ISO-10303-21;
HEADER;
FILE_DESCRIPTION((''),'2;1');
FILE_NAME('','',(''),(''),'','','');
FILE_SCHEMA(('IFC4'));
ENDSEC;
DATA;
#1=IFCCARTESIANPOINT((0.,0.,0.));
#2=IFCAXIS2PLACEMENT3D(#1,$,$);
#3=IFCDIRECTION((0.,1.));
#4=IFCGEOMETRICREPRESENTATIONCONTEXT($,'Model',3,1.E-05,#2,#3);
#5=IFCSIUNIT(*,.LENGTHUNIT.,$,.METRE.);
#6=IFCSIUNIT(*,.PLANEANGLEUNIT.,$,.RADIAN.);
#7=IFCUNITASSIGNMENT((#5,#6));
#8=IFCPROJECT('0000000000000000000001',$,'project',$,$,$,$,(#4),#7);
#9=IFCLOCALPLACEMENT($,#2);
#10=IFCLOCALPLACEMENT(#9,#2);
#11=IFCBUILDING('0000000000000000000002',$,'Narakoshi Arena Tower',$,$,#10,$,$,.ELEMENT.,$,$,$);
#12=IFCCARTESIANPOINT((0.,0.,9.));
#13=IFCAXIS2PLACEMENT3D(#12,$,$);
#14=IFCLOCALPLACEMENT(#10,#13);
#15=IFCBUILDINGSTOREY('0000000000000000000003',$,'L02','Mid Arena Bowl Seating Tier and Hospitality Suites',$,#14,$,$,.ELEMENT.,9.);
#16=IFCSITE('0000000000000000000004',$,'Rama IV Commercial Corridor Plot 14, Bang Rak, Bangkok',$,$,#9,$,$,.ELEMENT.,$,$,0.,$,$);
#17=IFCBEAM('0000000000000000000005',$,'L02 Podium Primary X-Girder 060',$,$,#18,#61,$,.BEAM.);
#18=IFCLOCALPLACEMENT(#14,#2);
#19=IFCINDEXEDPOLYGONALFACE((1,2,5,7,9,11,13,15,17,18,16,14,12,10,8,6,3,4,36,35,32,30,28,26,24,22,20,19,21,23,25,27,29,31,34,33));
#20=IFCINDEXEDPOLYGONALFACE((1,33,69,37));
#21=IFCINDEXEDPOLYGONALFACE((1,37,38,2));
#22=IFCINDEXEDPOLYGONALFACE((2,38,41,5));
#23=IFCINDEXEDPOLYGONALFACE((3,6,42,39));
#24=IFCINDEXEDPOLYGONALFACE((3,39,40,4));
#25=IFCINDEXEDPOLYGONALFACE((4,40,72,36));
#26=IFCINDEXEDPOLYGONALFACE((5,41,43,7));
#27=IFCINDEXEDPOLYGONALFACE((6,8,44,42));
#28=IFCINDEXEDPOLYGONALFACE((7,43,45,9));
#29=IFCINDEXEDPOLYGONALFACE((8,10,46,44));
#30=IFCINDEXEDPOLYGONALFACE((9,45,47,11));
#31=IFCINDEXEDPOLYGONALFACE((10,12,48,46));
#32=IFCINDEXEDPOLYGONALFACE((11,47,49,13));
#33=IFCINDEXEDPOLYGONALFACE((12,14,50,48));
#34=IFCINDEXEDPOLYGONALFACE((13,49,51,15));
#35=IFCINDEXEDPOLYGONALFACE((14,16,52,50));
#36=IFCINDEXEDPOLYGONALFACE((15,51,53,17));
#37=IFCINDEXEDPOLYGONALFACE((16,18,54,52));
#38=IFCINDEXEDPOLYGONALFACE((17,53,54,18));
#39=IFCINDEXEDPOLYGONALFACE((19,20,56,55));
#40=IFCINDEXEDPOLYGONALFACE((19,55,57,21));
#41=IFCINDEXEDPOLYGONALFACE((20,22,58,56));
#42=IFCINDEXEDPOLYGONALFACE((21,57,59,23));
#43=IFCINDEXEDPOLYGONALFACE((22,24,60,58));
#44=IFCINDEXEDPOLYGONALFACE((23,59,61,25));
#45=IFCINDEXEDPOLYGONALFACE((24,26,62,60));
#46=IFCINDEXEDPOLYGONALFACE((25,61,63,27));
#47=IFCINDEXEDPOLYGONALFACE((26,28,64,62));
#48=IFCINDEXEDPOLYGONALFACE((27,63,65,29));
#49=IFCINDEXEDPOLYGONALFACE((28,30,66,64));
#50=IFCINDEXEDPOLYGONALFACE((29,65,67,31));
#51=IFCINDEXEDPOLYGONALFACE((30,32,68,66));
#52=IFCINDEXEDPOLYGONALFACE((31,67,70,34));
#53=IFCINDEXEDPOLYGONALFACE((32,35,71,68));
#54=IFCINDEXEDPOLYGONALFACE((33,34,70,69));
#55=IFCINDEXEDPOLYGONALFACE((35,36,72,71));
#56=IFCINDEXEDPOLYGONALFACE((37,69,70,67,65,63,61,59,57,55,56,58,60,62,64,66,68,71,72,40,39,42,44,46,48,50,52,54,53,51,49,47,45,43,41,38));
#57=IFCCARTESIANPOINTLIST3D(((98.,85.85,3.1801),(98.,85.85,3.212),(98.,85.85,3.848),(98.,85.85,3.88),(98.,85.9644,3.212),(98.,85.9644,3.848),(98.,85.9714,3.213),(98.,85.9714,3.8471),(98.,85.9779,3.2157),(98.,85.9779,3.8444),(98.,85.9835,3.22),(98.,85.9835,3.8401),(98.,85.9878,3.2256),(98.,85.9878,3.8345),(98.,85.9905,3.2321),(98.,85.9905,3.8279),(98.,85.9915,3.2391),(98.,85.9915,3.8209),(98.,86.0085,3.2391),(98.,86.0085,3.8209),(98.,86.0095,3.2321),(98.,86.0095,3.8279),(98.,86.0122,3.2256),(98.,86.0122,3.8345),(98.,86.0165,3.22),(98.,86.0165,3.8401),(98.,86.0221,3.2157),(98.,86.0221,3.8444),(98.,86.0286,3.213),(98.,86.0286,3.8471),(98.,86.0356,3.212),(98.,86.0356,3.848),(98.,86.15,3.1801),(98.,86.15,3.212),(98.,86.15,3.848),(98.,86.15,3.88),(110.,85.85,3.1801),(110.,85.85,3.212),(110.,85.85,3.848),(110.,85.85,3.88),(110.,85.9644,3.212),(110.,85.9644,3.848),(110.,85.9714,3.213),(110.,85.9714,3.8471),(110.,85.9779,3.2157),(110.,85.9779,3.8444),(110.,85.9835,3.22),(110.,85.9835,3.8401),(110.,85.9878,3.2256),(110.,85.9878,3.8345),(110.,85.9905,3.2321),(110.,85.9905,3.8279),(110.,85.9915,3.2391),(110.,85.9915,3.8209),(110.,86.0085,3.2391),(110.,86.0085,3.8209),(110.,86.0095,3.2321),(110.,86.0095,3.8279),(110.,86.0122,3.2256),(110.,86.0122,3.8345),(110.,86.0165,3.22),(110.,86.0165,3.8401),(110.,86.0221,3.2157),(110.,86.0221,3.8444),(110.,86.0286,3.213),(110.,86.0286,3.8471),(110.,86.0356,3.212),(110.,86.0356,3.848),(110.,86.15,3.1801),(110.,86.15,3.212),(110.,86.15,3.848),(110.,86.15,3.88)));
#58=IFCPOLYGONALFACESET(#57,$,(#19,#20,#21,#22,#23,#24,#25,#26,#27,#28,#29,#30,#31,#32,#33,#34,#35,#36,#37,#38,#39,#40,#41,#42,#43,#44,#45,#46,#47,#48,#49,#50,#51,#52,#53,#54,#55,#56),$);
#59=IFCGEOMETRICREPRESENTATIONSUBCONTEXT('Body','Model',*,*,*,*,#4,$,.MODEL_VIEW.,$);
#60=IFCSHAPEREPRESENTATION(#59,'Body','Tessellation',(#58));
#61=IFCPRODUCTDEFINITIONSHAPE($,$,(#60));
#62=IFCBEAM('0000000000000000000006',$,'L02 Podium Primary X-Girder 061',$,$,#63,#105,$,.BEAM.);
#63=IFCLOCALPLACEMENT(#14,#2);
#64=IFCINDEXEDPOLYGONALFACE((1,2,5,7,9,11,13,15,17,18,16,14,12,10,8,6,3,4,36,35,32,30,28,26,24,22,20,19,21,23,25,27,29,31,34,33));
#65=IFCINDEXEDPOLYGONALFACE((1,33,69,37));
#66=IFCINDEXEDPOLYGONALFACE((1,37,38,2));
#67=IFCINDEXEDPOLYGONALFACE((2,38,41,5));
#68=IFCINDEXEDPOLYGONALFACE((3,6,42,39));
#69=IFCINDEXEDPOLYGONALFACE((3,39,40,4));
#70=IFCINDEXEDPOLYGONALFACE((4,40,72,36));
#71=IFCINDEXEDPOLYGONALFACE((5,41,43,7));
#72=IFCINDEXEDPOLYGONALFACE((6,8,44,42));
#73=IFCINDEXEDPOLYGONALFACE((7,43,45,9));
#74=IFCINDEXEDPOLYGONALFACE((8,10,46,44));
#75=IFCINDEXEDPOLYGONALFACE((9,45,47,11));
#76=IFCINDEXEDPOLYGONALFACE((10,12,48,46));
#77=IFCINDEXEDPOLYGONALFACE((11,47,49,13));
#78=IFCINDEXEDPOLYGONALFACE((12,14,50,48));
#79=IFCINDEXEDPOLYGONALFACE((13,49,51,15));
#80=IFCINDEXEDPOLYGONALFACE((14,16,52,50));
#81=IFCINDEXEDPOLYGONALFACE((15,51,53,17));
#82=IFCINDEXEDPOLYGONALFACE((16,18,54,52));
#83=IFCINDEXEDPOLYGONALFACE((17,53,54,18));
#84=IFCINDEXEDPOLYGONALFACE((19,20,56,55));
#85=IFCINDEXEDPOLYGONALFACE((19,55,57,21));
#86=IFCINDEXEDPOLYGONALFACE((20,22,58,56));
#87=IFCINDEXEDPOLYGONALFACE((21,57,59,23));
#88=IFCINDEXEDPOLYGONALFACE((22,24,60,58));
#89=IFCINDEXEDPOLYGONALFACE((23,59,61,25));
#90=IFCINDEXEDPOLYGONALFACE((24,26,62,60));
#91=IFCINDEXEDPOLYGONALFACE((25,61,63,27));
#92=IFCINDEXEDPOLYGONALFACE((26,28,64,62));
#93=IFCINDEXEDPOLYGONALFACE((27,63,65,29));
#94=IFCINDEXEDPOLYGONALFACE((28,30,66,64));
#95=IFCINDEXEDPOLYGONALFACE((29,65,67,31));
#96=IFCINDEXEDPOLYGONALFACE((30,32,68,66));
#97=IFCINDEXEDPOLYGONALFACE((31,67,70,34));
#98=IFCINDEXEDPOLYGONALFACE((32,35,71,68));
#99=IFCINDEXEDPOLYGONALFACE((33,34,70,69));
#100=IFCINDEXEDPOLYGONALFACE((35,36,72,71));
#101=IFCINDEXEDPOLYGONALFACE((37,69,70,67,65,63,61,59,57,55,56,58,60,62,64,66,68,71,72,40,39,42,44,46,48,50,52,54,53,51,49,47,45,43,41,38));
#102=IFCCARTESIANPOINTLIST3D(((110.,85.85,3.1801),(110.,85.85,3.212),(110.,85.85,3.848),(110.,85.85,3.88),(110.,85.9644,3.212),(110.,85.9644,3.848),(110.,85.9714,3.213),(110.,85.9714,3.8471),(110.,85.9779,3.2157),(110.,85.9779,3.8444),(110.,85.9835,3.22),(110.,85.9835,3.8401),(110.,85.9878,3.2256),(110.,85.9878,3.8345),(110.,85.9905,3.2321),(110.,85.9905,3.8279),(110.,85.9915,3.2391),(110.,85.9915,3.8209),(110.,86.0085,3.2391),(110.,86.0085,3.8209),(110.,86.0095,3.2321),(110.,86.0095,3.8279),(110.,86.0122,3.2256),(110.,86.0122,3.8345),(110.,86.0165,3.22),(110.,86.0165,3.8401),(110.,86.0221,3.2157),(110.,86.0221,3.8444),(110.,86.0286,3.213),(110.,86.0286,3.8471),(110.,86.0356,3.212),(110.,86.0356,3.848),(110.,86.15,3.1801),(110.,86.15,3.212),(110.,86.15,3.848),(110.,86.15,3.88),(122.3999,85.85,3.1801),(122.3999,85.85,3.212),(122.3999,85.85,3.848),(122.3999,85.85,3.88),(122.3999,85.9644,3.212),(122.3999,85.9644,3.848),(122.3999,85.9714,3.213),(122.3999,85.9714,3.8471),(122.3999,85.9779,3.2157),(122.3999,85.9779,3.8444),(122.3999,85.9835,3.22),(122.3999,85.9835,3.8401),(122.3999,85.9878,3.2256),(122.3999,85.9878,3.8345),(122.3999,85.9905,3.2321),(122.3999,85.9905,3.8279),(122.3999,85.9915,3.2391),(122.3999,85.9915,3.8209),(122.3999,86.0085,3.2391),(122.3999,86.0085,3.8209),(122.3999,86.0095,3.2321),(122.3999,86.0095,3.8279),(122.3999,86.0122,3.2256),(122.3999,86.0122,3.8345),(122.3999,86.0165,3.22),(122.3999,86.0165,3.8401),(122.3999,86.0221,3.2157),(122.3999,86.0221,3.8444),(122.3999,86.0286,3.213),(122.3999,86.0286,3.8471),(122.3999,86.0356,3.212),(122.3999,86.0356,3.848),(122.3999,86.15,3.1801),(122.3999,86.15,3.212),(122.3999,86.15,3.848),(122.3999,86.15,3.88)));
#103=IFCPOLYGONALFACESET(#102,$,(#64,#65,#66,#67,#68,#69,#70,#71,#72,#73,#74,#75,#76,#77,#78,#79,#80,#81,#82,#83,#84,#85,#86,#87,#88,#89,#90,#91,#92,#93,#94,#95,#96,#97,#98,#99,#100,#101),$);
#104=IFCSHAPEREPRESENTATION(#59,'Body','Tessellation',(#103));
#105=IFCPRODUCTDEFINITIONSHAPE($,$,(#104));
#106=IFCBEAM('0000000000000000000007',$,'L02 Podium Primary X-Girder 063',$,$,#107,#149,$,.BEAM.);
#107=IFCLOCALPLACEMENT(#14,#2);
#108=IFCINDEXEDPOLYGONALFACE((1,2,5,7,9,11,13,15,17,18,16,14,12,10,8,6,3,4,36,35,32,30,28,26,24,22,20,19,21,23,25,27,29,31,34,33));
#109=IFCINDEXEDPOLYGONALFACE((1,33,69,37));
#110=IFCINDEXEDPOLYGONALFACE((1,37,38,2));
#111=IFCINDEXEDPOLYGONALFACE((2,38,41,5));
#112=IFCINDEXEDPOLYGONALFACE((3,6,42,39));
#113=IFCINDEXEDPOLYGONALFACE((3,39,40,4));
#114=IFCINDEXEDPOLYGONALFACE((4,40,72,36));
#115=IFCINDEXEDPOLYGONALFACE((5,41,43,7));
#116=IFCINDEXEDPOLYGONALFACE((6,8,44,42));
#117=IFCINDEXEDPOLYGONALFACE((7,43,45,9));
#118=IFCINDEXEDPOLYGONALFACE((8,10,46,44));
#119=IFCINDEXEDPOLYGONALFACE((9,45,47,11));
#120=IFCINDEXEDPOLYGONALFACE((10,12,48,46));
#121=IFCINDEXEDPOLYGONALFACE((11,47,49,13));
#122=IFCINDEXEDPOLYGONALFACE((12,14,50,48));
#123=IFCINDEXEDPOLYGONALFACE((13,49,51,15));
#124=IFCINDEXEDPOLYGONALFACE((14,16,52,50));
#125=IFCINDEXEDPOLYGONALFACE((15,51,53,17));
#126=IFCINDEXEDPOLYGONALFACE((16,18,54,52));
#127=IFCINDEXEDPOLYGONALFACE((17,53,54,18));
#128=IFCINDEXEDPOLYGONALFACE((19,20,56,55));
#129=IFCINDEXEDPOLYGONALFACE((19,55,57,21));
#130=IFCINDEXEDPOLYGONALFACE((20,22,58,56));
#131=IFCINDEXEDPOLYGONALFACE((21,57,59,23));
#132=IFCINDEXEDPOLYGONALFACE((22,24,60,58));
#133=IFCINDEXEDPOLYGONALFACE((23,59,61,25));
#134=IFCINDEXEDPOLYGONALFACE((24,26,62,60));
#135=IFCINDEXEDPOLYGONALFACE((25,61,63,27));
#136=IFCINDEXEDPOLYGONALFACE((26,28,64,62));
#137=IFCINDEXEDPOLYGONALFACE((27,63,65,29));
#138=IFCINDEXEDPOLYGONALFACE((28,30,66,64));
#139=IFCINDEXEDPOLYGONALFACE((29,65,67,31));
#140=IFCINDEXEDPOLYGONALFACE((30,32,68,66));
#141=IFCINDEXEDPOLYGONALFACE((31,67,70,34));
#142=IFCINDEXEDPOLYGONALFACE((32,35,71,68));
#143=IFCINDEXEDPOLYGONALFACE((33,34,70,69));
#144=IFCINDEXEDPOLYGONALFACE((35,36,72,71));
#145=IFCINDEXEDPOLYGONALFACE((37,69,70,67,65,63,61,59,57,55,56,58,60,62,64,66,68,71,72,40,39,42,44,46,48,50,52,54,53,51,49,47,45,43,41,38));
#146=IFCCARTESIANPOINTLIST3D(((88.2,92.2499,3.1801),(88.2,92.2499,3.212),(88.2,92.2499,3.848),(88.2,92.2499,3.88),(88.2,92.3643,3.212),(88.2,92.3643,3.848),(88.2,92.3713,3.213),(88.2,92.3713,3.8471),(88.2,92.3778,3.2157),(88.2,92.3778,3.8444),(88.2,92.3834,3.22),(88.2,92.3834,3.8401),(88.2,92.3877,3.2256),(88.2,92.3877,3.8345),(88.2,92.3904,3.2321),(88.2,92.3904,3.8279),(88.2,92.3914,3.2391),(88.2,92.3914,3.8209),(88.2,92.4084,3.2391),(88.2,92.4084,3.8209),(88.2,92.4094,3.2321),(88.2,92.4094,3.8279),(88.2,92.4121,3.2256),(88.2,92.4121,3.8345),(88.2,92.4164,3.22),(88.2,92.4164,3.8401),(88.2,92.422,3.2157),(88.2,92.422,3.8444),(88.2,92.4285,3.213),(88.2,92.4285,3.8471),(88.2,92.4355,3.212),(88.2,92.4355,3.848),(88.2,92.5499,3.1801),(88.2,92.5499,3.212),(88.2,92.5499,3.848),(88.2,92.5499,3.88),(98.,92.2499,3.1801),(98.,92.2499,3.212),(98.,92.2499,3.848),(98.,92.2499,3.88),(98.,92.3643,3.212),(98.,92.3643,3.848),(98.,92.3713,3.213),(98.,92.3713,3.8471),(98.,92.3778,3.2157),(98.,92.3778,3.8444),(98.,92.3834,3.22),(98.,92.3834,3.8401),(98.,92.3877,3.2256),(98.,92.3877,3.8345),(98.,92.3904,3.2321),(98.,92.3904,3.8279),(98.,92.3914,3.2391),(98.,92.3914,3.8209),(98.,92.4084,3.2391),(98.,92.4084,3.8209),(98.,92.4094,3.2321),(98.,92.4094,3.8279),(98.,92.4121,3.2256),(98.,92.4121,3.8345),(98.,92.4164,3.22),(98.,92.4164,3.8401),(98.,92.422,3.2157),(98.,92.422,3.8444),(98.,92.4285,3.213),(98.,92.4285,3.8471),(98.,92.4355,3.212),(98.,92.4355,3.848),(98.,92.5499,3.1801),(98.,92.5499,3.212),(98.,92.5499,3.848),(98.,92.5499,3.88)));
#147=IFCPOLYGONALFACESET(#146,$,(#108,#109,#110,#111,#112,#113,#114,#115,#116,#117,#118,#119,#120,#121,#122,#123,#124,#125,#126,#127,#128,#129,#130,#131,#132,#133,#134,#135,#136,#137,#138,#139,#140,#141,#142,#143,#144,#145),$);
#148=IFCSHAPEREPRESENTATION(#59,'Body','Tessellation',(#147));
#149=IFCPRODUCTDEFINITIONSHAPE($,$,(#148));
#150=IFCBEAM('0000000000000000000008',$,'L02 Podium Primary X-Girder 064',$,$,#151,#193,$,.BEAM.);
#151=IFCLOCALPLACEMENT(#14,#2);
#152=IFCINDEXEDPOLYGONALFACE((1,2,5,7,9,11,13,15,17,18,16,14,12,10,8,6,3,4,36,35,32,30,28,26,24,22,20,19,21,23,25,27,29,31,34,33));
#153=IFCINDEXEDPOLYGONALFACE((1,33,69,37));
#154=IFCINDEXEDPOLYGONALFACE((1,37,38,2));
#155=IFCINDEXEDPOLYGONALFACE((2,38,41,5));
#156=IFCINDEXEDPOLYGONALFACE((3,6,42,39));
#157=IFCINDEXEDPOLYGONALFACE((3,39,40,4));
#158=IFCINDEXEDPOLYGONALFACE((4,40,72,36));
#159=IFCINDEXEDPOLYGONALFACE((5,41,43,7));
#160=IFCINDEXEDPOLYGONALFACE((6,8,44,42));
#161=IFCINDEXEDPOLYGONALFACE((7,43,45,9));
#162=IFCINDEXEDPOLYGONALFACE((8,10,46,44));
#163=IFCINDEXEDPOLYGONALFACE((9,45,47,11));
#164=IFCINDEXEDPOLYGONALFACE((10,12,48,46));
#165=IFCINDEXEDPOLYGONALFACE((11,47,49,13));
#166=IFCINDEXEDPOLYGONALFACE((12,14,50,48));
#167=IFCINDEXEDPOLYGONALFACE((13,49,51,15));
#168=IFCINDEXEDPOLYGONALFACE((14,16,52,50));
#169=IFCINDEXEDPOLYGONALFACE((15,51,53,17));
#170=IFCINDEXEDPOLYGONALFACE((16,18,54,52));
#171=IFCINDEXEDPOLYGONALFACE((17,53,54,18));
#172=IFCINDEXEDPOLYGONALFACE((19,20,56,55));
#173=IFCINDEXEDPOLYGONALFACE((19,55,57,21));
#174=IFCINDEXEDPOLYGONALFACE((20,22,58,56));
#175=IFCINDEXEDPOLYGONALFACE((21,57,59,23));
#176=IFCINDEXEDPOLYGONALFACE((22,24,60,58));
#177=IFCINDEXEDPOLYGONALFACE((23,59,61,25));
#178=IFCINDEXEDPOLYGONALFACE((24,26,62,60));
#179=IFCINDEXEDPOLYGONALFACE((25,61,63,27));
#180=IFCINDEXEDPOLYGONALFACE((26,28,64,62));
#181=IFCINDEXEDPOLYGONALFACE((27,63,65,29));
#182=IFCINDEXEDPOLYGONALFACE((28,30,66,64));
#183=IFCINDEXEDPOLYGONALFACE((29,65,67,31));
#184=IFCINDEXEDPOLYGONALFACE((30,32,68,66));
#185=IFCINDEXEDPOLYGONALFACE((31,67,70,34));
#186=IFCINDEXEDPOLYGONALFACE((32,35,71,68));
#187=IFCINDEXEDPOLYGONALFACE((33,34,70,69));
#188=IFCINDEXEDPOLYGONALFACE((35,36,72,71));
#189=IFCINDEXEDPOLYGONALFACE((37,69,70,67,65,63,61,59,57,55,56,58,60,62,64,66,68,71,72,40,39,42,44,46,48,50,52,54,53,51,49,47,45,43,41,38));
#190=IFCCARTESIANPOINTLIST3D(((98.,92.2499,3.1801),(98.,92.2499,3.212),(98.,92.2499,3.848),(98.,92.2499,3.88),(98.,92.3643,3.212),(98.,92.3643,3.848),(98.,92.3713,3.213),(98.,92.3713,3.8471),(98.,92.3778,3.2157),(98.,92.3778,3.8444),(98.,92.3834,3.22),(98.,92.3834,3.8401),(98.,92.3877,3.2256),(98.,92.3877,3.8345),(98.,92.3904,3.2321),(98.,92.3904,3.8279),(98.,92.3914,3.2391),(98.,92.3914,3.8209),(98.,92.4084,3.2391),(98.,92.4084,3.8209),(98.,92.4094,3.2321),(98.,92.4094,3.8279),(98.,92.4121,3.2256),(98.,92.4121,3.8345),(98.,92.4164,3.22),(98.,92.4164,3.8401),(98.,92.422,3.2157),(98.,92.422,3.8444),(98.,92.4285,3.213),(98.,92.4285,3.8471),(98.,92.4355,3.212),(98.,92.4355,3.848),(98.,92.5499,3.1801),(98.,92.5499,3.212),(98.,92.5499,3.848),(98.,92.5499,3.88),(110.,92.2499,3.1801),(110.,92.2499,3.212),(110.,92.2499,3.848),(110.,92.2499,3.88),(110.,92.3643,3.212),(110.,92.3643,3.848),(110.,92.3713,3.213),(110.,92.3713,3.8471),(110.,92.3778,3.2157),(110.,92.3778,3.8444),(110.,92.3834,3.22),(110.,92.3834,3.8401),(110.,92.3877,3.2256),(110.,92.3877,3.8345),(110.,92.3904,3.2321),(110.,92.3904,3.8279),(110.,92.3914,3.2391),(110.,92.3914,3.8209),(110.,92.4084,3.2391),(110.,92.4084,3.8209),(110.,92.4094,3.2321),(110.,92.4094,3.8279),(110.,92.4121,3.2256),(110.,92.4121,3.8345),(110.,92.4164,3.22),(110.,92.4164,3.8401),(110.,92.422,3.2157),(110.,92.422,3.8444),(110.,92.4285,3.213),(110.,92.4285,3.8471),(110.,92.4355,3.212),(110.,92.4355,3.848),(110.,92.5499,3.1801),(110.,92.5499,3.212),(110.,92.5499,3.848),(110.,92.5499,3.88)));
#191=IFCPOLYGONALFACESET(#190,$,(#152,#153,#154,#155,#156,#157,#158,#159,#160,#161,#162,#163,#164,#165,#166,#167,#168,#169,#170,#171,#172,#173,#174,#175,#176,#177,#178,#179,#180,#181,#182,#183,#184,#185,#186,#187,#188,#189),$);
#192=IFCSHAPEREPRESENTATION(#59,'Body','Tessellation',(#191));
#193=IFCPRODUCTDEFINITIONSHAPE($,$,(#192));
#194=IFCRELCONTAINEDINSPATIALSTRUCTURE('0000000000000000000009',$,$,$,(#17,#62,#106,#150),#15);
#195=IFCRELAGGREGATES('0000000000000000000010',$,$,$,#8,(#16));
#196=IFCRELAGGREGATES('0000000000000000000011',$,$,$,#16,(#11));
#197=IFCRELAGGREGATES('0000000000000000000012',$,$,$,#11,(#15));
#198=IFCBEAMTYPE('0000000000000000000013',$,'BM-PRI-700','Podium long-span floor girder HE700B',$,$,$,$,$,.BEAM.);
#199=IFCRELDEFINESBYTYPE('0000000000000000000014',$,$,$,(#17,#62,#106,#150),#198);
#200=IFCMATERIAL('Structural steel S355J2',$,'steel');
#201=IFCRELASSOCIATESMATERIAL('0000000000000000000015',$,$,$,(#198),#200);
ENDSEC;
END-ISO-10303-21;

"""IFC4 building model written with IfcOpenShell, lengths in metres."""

from ifc_helpers import new_model, si_unit, direction, frame, origin, origin_2d, place, context, subcontext, project, spatial, i_section, extrude, material, material_profile, profile_set, type_object, element, save


model = new_model("IFC4")

# Units and contexts
model_context = context("Model", 3, precision=1e-05, world=origin(), true_north=direction((0.0, 1.0)))
body_context = subcontext(model_context, "Body", "Model", "MODEL_VIEW")
ifc_project = project(units=[si_unit("LENGTHUNIT", "METRE"), si_unit("PLANEANGLEUNIT", "RADIAN")], contexts=[model_context])

# Site, building, storey
site_placement = place(None, origin())
site = spatial("IfcSite", under=ifc_project, at=site_placement, Name="Rama IV Commercial Corridor Plot 14, Bang Rak, Bangkok", CompositionType="ELEMENT", RefElevation=0.0)
building_placement = place(site_placement, origin())
building = spatial("IfcBuilding", under=site, at=building_placement, Name="Narakoshi Arena Tower", CompositionType="ELEMENT")
storey_placement = place(building_placement, frame((0.0, 0.0, 9.0)))
storey = spatial("IfcBuildingStorey", under=building, at=storey_placement, Name="L02", Description="Mid Arena Bowl Seating Tier and Hospitality Suites", CompositionType="ELEMENT", Elevation=9.0)

# Beams
ifc_material_1 = material(Name="Structural steel S355J2", Category="steel")
ifc_material_profile_1 = material_profile(ifc_material_1, i_section(OverallWidth=0.3, OverallDepth=0.7, WebThickness=0.0171, FlangeThickness=0.032, FilletRadius=0.0271, at=origin_2d()), Name="HE700B")
ifc_profile_set_1 = profile_set([ifc_material_profile_1], Name="Structural steel S355J2")
beam_type_1 = type_object("IfcBeamType", Name="BM-PRI-700", Description="Podium long-span floor girder HE700B", PredefinedType="BEAM", material=ifc_profile_set_1)
beam_1_placement = place(storey_placement, frame((98.0, 86.0, 3.53), z_axis=(1.0, 0.0, 0.0), x_axis=(0.0, 1.0, 0.0)))
element("IfcBeam", 1, at=beam_1_placement, inside=storey, type_object=beam_type_1, Name="L02 Podium Primary X-Girder 060", PredefinedType="BEAM", context=body_context, shape_type="SweptSolid", body=[
    extrude(i_section(OverallWidth=0.3, OverallDepth=0.7, WebThickness=0.0171, FlangeThickness=0.032, FilletRadius=0.0271, at=origin_2d()), origin(), (0.0, 0.0, 1.0), 12.0),
])
beam_2_placement = place(storey_placement, frame((110.0, 86.0, 3.53), z_axis=(1.0, 0.0, 0.0), x_axis=(0.0, 1.0, 0.0)))
element("IfcBeam", 2, at=beam_2_placement, inside=storey, type_object=beam_type_1, Name="L02 Podium Primary X-Girder 061", PredefinedType="BEAM", context=body_context, shape_type="SweptSolid", body=[
    extrude(i_section(OverallWidth=0.3, OverallDepth=0.7, WebThickness=0.0171, FlangeThickness=0.032, FilletRadius=0.0271, at=origin_2d()), origin(), (0.0, 0.0, 1.0), 12.3999),
])
beam_3_placement = place(storey_placement, frame((88.2, 92.3999, 3.53), z_axis=(1.0, 0.0, 0.0), x_axis=(0.0, 1.0, 0.0)))
element("IfcBeam", 3, at=beam_3_placement, inside=storey, type_object=beam_type_1, Name="L02 Podium Primary X-Girder 063", PredefinedType="BEAM", context=body_context, shape_type="SweptSolid", body=[
    extrude(i_section(OverallWidth=0.3, OverallDepth=0.7, WebThickness=0.0171, FlangeThickness=0.032, FilletRadius=0.0271, at=origin_2d()), origin(), (0.0, 0.0, 1.0), 9.8),
])
beam_4_placement = place(storey_placement, frame((98.0, 92.3999, 3.53), z_axis=(1.0, 0.0, 0.0), x_axis=(0.0, 1.0, 0.0)))
element("IfcBeam", 4, at=beam_4_placement, inside=storey, type_object=beam_type_1, Name="L02 Podium Primary X-Girder 064", PredefinedType="BEAM", context=body_context, shape_type="SweptSolid", body=[
    extrude(i_section(OverallWidth=0.3, OverallDepth=0.7, WebThickness=0.0171, FlangeThickness=0.032, FilletRadius=0.0271, at=origin_2d()), origin(), (0.0, 0.0, 1.0), 12.0),
])

save(model, "model.ifc")
